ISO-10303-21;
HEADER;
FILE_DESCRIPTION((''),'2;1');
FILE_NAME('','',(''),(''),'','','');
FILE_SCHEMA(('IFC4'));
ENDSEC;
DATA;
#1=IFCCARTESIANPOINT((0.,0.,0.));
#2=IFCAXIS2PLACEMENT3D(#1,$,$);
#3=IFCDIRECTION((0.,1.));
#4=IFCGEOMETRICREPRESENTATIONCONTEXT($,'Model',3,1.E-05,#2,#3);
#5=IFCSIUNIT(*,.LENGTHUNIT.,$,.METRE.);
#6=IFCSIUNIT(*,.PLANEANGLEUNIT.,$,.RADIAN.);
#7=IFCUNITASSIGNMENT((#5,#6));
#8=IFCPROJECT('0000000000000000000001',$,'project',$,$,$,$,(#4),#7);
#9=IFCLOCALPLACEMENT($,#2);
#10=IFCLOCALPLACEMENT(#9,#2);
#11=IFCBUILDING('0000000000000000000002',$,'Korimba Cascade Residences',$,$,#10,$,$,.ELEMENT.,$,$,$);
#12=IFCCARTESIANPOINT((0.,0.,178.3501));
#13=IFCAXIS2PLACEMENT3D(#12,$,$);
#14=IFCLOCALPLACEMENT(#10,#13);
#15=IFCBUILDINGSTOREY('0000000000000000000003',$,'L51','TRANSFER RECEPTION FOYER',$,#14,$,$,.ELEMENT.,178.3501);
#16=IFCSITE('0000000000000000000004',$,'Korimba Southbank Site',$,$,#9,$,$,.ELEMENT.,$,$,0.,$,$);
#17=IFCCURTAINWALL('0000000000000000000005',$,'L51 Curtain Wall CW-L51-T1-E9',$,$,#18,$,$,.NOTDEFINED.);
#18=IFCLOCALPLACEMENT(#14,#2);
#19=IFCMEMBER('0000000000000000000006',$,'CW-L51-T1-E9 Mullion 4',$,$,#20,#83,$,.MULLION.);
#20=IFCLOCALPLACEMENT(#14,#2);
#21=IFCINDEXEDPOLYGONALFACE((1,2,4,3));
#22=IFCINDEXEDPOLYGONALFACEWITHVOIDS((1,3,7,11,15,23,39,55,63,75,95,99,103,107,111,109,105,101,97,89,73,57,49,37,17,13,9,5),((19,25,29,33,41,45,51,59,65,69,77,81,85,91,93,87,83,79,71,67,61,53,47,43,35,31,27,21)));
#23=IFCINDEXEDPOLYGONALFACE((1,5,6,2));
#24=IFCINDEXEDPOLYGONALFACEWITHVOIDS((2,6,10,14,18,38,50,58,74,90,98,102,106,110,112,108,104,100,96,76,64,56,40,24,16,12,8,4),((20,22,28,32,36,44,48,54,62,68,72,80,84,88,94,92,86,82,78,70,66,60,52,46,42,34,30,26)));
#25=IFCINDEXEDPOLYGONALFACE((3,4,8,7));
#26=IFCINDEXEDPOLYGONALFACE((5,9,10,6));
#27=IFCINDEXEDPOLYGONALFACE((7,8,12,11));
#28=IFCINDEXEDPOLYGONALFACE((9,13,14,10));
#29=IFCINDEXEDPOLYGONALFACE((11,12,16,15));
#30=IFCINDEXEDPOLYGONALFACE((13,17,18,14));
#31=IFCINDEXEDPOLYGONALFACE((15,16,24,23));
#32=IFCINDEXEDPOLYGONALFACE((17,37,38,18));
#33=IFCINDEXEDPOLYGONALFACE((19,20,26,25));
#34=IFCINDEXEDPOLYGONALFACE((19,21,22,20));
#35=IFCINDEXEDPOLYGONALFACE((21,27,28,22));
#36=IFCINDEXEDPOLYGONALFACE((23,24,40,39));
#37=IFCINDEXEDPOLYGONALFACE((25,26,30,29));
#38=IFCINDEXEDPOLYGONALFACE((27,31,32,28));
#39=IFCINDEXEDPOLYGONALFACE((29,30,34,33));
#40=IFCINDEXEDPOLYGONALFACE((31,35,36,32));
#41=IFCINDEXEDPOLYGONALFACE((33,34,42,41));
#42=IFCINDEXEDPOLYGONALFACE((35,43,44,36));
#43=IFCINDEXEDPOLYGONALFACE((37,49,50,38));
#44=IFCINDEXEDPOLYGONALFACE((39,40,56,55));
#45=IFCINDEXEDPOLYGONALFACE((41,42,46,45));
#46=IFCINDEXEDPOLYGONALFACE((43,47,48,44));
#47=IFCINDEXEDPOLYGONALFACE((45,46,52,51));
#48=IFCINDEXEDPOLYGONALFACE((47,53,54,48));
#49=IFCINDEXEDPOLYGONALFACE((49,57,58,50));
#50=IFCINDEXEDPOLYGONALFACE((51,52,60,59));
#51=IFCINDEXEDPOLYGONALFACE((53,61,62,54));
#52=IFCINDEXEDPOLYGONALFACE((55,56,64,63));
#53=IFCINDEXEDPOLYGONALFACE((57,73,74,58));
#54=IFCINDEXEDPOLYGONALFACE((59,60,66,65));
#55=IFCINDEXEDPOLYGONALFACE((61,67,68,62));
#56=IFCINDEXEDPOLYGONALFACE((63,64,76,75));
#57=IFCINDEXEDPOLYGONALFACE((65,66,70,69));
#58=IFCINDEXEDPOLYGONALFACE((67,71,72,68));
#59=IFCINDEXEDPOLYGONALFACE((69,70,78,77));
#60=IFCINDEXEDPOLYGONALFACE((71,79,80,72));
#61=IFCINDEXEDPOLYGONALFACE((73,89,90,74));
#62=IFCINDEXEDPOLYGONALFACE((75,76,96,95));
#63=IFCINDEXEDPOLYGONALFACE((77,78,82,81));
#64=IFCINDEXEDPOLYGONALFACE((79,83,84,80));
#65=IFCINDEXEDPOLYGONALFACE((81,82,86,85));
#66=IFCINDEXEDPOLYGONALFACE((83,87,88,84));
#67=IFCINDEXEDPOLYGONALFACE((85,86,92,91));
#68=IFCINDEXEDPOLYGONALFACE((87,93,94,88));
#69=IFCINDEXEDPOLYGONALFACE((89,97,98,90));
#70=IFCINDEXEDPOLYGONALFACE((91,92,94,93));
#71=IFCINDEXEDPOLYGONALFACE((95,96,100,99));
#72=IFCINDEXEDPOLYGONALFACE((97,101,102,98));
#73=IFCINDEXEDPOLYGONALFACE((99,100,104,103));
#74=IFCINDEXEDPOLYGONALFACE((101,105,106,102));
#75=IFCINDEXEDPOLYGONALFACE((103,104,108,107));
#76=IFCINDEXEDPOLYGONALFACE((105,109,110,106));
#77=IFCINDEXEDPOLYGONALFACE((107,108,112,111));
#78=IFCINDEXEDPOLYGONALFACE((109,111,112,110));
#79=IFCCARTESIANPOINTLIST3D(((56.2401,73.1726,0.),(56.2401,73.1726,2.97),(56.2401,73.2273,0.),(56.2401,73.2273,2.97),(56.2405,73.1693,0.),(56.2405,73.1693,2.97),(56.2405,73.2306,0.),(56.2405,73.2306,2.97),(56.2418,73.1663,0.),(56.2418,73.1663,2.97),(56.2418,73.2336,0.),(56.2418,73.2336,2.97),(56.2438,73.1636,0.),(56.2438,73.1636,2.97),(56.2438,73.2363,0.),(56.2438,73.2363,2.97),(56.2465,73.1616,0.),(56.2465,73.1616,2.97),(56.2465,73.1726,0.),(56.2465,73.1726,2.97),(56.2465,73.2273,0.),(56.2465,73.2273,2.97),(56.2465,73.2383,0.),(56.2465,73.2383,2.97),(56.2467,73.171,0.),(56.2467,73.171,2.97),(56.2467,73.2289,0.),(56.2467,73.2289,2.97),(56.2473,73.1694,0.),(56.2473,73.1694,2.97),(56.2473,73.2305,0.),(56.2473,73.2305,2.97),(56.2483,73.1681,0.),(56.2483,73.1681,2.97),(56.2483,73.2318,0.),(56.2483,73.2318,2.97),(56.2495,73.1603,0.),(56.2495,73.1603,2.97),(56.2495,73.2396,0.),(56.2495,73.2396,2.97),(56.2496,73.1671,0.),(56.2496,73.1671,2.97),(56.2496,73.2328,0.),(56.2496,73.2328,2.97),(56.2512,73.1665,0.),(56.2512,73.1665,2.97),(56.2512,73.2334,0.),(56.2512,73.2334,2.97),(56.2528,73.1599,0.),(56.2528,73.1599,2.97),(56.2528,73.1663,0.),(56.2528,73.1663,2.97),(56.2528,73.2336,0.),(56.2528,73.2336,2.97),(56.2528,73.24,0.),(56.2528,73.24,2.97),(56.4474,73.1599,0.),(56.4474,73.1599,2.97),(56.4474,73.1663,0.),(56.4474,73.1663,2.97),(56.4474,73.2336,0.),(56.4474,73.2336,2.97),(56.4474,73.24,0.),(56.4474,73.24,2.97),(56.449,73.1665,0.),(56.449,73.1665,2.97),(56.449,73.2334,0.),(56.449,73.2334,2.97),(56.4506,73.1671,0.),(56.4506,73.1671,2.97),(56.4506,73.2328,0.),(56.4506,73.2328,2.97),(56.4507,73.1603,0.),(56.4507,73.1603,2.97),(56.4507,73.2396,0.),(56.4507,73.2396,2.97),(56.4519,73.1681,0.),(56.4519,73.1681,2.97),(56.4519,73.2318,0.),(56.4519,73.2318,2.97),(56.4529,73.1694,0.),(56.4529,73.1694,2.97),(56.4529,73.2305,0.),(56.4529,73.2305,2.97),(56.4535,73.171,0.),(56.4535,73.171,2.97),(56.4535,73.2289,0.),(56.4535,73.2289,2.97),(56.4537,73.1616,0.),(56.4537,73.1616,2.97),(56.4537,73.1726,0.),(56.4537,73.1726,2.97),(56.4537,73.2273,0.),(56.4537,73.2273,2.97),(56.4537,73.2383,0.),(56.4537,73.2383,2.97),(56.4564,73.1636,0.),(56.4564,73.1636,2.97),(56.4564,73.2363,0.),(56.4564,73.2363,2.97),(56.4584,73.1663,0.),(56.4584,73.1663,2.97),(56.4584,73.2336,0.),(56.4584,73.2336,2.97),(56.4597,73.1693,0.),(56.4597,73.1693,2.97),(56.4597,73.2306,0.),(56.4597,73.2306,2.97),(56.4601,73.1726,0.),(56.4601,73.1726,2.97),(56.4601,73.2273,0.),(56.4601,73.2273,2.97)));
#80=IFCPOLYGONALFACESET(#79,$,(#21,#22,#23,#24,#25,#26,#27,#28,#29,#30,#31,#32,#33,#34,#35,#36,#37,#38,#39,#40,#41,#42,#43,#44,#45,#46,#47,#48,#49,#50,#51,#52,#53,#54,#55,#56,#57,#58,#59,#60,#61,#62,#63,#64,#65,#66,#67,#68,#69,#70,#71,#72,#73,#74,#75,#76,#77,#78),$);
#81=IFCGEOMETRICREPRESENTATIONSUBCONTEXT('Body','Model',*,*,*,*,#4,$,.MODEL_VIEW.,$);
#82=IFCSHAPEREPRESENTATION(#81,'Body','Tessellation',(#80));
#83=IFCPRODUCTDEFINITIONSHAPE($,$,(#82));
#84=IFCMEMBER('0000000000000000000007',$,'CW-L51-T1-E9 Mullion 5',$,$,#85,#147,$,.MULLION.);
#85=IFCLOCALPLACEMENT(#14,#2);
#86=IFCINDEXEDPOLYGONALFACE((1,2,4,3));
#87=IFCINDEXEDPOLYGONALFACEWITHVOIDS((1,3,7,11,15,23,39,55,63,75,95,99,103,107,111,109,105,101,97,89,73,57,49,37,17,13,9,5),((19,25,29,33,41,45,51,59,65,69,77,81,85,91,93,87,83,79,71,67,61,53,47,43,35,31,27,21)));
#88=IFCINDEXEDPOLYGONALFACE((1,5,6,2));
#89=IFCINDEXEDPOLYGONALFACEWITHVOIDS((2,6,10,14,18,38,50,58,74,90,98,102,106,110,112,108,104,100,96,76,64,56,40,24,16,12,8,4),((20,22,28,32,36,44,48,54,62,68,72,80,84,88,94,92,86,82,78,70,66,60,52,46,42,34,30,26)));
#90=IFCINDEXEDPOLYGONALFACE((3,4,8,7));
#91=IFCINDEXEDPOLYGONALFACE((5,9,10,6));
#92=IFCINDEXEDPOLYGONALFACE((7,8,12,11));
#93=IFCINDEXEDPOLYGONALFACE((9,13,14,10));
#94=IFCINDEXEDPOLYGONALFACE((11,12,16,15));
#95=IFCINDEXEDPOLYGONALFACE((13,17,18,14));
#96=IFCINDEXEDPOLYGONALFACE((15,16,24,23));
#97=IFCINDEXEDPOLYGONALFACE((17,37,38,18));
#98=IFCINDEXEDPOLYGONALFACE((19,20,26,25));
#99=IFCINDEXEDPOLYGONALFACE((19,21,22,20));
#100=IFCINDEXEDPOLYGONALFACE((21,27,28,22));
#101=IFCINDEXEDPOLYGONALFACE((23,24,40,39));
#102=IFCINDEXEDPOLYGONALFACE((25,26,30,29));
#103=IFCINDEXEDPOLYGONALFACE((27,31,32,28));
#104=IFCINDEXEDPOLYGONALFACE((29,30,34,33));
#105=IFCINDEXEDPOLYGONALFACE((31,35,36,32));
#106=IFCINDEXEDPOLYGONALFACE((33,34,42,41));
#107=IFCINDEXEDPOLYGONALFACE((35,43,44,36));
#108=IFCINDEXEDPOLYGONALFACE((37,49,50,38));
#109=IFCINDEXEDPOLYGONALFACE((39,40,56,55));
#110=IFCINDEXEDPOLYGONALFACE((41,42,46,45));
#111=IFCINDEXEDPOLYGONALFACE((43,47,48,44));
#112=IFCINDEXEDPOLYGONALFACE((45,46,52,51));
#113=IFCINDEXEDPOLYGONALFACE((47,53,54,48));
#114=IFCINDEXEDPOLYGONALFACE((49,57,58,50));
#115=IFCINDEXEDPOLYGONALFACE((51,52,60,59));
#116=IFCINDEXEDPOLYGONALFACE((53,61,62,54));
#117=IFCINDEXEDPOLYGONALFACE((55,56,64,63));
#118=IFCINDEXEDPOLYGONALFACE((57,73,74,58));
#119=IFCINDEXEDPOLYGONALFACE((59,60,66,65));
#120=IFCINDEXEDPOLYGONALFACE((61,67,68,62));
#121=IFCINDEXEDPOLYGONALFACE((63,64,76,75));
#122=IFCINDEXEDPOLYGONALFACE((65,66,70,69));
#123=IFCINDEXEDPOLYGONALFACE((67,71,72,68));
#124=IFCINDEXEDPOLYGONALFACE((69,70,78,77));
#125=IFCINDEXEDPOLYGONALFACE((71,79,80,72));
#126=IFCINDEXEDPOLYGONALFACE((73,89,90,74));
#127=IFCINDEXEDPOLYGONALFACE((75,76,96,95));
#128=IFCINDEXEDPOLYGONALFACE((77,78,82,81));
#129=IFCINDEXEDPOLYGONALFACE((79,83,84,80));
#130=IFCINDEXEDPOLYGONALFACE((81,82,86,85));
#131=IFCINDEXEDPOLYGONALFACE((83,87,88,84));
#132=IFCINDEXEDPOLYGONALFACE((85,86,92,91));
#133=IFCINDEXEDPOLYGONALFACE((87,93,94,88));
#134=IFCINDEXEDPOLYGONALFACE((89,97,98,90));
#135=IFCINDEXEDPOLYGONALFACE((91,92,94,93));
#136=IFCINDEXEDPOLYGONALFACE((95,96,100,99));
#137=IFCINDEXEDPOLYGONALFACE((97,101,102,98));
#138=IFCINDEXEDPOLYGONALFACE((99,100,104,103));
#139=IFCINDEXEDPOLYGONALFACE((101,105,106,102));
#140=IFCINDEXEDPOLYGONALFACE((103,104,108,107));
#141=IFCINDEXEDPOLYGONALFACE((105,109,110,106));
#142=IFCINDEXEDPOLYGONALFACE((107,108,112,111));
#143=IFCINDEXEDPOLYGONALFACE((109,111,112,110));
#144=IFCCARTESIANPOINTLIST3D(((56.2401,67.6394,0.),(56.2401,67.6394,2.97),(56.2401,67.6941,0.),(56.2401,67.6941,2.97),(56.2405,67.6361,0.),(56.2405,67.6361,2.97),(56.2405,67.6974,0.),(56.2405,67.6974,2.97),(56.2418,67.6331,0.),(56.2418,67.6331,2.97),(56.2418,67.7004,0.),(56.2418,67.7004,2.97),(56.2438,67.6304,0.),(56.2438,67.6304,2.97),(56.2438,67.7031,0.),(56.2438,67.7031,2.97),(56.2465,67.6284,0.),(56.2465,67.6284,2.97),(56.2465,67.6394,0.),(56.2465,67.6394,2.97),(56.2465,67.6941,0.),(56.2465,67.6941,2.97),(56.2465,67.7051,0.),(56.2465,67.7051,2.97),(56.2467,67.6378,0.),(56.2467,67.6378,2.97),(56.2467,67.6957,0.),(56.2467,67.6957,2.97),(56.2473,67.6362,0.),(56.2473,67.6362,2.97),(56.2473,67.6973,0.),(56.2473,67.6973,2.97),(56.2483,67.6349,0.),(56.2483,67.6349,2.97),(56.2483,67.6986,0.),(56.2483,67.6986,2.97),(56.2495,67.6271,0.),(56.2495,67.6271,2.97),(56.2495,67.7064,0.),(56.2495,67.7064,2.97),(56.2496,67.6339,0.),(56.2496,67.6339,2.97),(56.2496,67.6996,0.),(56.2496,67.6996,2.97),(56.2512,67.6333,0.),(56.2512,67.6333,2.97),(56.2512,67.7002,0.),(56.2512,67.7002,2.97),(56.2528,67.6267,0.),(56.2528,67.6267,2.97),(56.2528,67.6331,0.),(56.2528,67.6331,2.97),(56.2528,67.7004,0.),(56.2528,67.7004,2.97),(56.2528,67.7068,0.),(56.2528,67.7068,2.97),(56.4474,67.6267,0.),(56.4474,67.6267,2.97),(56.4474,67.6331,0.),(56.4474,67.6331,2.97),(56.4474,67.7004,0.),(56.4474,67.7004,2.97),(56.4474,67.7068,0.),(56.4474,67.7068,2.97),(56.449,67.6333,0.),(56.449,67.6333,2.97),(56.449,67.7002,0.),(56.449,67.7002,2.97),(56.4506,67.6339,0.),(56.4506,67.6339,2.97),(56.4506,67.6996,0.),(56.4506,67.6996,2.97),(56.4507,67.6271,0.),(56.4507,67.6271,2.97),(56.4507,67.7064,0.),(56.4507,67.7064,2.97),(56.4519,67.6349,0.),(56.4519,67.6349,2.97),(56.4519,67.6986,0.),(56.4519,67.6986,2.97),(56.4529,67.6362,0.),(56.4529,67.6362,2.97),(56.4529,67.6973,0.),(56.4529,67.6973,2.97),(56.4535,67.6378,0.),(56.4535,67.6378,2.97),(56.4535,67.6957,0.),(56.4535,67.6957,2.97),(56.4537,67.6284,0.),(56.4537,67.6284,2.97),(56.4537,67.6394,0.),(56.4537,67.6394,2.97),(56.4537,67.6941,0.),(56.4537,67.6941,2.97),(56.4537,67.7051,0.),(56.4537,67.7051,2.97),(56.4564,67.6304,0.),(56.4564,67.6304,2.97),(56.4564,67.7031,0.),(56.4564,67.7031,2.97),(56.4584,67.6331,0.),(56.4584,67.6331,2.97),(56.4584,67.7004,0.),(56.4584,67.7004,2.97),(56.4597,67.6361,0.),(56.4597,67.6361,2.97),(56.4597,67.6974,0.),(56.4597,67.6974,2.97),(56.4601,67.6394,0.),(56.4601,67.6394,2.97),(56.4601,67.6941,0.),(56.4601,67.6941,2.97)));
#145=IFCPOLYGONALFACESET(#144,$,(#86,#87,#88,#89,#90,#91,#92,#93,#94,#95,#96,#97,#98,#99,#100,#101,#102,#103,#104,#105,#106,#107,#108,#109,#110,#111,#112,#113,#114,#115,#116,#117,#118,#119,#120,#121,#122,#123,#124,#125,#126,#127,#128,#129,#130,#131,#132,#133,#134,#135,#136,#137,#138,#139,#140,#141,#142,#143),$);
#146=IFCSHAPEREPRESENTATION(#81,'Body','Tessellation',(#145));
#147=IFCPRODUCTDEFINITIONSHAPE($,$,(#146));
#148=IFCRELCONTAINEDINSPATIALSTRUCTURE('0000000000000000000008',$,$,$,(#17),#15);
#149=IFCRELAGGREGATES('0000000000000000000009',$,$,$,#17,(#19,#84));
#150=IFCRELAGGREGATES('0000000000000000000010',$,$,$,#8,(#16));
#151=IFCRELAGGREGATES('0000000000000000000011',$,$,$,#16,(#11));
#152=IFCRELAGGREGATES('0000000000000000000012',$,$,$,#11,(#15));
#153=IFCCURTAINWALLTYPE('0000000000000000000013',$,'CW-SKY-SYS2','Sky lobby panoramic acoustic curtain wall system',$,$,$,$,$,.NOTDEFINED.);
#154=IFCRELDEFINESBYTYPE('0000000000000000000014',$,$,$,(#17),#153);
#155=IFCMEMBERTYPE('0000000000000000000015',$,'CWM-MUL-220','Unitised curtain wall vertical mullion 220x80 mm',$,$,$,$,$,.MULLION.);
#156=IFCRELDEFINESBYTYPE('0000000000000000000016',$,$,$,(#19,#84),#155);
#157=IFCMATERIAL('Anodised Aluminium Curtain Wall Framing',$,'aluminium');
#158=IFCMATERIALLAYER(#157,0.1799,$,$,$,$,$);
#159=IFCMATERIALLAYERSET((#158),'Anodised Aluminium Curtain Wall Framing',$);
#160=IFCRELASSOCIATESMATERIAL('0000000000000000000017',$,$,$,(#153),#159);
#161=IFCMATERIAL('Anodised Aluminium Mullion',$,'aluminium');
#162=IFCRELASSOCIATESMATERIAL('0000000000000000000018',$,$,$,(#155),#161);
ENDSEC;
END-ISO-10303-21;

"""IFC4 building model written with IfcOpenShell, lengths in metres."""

from ifc_helpers import new_model, si_unit, direction, frame, origin, origin_2d, place, context, subcontext, project, spatial, hollow_rectangle, extrude, material, layer, layer_set, material_profile, profile_set, type_object, element, aggregate, save


model = new_model("IFC4")

# Units and contexts
model_context = context("Model", 3, precision=1e-05, world=origin(), true_north=direction((0.0, 1.0)))
body_context = subcontext(model_context, "Body", "Model", "MODEL_VIEW")
ifc_project = project(units=[si_unit("LENGTHUNIT", "METRE"), si_unit("PLANEANGLEUNIT", "RADIAN")], contexts=[model_context])

# Site, building, storey
site_placement = place(None, origin())
site = spatial("IfcSite", under=ifc_project, at=site_placement, Name="Korimba Southbank Site", CompositionType="ELEMENT", RefElevation=0.0)
building_placement = place(site_placement, origin())
building = spatial("IfcBuilding", under=site, at=building_placement, Name="Korimba Cascade Residences", CompositionType="ELEMENT")
storey_placement = place(building_placement, frame((0.0, 0.0, 178.3501)))
storey = spatial("IfcBuildingStorey", under=building, at=storey_placement, Name="L51", Description="TRANSFER RECEPTION FOYER", CompositionType="ELEMENT", Elevation=178.3501)

# Curtain wall, members
ifc_material_1 = material(Name="Anodised Aluminium Curtain Wall Framing", Category="aluminium")
ifc_layer_1 = layer(ifc_material_1, 0.1799)
ifc_layer_set_1 = layer_set([ifc_layer_1], Name="Anodised Aluminium Curtain Wall Framing")
curtain_wall_type = type_object("IfcCurtainWallType", Name="CW-SKY-SYS2", Description="Sky lobby panoramic acoustic curtain wall system", PredefinedType="NOTDEFINED", material=ifc_layer_set_1)
curtain_wall_placement = place(storey_placement, origin())
curtain_wall = element("IfcCurtainWall", 1, at=curtain_wall_placement, inside=storey, type_object=curtain_wall_type, Name="L51 Curtain Wall CW-L51-T1-E9", PredefinedType="NOTDEFINED")
ifc_material_2 = material(Name="Anodised Aluminium Mullion", Category="aluminium")
ifc_material_profile_1 = material_profile(ifc_material_2, hollow_rectangle(XDim=0.0801, YDim=0.22, WallThickness=0.0063, InnerFilletRadius=0.0063, OuterFilletRadius=0.0127, at=origin_2d()), Name="Anodised Aluminium Mullion")
ifc_profile_set_1 = profile_set([ifc_material_profile_1], Name="Anodised Aluminium Mullion")
member_type_1 = type_object("IfcMemberType", Name="CWM-MUL-220", Description="Unitised curtain wall vertical mullion 220x80 mm", PredefinedType="MULLION", material=ifc_profile_set_1)
member_1_placement = place(storey_placement, frame((56.3501, 73.2, 0.0), z_axis=(0.0, 0.0, 1.0), x_axis=(0.0, -1.0, 0.0)))
member_1 = element("IfcMember", 2, at=member_1_placement, type_object=member_type_1, Name="CW-L51-T1-E9 Mullion 4", PredefinedType="MULLION", context=body_context, shape_type="SweptSolid", body=[
    extrude(hollow_rectangle(XDim=0.0801, YDim=0.22, WallThickness=0.0063, InnerFilletRadius=0.0063, OuterFilletRadius=0.0127, at=origin_2d()), origin(), (0.0, 0.0, 1.0), 2.97),
])
member_2_placement = place(storey_placement, frame((56.3501, 67.6667, 0.0), z_axis=(0.0, 0.0, 1.0), x_axis=(0.0, -1.0, 0.0)))
member_2 = element("IfcMember", 3, at=member_2_placement, type_object=member_type_1, Name="CW-L51-T1-E9 Mullion 5", PredefinedType="MULLION", context=body_context, shape_type="SweptSolid", body=[
    extrude(hollow_rectangle(XDim=0.0801, YDim=0.22, WallThickness=0.0063, InnerFilletRadius=0.0063, OuterFilletRadius=0.0127, at=origin_2d()), origin(), (0.0, 0.0, 1.0), 2.97),
])
aggregate(curtain_wall, [member_1, member_2])

save(model, "model.ifc")
